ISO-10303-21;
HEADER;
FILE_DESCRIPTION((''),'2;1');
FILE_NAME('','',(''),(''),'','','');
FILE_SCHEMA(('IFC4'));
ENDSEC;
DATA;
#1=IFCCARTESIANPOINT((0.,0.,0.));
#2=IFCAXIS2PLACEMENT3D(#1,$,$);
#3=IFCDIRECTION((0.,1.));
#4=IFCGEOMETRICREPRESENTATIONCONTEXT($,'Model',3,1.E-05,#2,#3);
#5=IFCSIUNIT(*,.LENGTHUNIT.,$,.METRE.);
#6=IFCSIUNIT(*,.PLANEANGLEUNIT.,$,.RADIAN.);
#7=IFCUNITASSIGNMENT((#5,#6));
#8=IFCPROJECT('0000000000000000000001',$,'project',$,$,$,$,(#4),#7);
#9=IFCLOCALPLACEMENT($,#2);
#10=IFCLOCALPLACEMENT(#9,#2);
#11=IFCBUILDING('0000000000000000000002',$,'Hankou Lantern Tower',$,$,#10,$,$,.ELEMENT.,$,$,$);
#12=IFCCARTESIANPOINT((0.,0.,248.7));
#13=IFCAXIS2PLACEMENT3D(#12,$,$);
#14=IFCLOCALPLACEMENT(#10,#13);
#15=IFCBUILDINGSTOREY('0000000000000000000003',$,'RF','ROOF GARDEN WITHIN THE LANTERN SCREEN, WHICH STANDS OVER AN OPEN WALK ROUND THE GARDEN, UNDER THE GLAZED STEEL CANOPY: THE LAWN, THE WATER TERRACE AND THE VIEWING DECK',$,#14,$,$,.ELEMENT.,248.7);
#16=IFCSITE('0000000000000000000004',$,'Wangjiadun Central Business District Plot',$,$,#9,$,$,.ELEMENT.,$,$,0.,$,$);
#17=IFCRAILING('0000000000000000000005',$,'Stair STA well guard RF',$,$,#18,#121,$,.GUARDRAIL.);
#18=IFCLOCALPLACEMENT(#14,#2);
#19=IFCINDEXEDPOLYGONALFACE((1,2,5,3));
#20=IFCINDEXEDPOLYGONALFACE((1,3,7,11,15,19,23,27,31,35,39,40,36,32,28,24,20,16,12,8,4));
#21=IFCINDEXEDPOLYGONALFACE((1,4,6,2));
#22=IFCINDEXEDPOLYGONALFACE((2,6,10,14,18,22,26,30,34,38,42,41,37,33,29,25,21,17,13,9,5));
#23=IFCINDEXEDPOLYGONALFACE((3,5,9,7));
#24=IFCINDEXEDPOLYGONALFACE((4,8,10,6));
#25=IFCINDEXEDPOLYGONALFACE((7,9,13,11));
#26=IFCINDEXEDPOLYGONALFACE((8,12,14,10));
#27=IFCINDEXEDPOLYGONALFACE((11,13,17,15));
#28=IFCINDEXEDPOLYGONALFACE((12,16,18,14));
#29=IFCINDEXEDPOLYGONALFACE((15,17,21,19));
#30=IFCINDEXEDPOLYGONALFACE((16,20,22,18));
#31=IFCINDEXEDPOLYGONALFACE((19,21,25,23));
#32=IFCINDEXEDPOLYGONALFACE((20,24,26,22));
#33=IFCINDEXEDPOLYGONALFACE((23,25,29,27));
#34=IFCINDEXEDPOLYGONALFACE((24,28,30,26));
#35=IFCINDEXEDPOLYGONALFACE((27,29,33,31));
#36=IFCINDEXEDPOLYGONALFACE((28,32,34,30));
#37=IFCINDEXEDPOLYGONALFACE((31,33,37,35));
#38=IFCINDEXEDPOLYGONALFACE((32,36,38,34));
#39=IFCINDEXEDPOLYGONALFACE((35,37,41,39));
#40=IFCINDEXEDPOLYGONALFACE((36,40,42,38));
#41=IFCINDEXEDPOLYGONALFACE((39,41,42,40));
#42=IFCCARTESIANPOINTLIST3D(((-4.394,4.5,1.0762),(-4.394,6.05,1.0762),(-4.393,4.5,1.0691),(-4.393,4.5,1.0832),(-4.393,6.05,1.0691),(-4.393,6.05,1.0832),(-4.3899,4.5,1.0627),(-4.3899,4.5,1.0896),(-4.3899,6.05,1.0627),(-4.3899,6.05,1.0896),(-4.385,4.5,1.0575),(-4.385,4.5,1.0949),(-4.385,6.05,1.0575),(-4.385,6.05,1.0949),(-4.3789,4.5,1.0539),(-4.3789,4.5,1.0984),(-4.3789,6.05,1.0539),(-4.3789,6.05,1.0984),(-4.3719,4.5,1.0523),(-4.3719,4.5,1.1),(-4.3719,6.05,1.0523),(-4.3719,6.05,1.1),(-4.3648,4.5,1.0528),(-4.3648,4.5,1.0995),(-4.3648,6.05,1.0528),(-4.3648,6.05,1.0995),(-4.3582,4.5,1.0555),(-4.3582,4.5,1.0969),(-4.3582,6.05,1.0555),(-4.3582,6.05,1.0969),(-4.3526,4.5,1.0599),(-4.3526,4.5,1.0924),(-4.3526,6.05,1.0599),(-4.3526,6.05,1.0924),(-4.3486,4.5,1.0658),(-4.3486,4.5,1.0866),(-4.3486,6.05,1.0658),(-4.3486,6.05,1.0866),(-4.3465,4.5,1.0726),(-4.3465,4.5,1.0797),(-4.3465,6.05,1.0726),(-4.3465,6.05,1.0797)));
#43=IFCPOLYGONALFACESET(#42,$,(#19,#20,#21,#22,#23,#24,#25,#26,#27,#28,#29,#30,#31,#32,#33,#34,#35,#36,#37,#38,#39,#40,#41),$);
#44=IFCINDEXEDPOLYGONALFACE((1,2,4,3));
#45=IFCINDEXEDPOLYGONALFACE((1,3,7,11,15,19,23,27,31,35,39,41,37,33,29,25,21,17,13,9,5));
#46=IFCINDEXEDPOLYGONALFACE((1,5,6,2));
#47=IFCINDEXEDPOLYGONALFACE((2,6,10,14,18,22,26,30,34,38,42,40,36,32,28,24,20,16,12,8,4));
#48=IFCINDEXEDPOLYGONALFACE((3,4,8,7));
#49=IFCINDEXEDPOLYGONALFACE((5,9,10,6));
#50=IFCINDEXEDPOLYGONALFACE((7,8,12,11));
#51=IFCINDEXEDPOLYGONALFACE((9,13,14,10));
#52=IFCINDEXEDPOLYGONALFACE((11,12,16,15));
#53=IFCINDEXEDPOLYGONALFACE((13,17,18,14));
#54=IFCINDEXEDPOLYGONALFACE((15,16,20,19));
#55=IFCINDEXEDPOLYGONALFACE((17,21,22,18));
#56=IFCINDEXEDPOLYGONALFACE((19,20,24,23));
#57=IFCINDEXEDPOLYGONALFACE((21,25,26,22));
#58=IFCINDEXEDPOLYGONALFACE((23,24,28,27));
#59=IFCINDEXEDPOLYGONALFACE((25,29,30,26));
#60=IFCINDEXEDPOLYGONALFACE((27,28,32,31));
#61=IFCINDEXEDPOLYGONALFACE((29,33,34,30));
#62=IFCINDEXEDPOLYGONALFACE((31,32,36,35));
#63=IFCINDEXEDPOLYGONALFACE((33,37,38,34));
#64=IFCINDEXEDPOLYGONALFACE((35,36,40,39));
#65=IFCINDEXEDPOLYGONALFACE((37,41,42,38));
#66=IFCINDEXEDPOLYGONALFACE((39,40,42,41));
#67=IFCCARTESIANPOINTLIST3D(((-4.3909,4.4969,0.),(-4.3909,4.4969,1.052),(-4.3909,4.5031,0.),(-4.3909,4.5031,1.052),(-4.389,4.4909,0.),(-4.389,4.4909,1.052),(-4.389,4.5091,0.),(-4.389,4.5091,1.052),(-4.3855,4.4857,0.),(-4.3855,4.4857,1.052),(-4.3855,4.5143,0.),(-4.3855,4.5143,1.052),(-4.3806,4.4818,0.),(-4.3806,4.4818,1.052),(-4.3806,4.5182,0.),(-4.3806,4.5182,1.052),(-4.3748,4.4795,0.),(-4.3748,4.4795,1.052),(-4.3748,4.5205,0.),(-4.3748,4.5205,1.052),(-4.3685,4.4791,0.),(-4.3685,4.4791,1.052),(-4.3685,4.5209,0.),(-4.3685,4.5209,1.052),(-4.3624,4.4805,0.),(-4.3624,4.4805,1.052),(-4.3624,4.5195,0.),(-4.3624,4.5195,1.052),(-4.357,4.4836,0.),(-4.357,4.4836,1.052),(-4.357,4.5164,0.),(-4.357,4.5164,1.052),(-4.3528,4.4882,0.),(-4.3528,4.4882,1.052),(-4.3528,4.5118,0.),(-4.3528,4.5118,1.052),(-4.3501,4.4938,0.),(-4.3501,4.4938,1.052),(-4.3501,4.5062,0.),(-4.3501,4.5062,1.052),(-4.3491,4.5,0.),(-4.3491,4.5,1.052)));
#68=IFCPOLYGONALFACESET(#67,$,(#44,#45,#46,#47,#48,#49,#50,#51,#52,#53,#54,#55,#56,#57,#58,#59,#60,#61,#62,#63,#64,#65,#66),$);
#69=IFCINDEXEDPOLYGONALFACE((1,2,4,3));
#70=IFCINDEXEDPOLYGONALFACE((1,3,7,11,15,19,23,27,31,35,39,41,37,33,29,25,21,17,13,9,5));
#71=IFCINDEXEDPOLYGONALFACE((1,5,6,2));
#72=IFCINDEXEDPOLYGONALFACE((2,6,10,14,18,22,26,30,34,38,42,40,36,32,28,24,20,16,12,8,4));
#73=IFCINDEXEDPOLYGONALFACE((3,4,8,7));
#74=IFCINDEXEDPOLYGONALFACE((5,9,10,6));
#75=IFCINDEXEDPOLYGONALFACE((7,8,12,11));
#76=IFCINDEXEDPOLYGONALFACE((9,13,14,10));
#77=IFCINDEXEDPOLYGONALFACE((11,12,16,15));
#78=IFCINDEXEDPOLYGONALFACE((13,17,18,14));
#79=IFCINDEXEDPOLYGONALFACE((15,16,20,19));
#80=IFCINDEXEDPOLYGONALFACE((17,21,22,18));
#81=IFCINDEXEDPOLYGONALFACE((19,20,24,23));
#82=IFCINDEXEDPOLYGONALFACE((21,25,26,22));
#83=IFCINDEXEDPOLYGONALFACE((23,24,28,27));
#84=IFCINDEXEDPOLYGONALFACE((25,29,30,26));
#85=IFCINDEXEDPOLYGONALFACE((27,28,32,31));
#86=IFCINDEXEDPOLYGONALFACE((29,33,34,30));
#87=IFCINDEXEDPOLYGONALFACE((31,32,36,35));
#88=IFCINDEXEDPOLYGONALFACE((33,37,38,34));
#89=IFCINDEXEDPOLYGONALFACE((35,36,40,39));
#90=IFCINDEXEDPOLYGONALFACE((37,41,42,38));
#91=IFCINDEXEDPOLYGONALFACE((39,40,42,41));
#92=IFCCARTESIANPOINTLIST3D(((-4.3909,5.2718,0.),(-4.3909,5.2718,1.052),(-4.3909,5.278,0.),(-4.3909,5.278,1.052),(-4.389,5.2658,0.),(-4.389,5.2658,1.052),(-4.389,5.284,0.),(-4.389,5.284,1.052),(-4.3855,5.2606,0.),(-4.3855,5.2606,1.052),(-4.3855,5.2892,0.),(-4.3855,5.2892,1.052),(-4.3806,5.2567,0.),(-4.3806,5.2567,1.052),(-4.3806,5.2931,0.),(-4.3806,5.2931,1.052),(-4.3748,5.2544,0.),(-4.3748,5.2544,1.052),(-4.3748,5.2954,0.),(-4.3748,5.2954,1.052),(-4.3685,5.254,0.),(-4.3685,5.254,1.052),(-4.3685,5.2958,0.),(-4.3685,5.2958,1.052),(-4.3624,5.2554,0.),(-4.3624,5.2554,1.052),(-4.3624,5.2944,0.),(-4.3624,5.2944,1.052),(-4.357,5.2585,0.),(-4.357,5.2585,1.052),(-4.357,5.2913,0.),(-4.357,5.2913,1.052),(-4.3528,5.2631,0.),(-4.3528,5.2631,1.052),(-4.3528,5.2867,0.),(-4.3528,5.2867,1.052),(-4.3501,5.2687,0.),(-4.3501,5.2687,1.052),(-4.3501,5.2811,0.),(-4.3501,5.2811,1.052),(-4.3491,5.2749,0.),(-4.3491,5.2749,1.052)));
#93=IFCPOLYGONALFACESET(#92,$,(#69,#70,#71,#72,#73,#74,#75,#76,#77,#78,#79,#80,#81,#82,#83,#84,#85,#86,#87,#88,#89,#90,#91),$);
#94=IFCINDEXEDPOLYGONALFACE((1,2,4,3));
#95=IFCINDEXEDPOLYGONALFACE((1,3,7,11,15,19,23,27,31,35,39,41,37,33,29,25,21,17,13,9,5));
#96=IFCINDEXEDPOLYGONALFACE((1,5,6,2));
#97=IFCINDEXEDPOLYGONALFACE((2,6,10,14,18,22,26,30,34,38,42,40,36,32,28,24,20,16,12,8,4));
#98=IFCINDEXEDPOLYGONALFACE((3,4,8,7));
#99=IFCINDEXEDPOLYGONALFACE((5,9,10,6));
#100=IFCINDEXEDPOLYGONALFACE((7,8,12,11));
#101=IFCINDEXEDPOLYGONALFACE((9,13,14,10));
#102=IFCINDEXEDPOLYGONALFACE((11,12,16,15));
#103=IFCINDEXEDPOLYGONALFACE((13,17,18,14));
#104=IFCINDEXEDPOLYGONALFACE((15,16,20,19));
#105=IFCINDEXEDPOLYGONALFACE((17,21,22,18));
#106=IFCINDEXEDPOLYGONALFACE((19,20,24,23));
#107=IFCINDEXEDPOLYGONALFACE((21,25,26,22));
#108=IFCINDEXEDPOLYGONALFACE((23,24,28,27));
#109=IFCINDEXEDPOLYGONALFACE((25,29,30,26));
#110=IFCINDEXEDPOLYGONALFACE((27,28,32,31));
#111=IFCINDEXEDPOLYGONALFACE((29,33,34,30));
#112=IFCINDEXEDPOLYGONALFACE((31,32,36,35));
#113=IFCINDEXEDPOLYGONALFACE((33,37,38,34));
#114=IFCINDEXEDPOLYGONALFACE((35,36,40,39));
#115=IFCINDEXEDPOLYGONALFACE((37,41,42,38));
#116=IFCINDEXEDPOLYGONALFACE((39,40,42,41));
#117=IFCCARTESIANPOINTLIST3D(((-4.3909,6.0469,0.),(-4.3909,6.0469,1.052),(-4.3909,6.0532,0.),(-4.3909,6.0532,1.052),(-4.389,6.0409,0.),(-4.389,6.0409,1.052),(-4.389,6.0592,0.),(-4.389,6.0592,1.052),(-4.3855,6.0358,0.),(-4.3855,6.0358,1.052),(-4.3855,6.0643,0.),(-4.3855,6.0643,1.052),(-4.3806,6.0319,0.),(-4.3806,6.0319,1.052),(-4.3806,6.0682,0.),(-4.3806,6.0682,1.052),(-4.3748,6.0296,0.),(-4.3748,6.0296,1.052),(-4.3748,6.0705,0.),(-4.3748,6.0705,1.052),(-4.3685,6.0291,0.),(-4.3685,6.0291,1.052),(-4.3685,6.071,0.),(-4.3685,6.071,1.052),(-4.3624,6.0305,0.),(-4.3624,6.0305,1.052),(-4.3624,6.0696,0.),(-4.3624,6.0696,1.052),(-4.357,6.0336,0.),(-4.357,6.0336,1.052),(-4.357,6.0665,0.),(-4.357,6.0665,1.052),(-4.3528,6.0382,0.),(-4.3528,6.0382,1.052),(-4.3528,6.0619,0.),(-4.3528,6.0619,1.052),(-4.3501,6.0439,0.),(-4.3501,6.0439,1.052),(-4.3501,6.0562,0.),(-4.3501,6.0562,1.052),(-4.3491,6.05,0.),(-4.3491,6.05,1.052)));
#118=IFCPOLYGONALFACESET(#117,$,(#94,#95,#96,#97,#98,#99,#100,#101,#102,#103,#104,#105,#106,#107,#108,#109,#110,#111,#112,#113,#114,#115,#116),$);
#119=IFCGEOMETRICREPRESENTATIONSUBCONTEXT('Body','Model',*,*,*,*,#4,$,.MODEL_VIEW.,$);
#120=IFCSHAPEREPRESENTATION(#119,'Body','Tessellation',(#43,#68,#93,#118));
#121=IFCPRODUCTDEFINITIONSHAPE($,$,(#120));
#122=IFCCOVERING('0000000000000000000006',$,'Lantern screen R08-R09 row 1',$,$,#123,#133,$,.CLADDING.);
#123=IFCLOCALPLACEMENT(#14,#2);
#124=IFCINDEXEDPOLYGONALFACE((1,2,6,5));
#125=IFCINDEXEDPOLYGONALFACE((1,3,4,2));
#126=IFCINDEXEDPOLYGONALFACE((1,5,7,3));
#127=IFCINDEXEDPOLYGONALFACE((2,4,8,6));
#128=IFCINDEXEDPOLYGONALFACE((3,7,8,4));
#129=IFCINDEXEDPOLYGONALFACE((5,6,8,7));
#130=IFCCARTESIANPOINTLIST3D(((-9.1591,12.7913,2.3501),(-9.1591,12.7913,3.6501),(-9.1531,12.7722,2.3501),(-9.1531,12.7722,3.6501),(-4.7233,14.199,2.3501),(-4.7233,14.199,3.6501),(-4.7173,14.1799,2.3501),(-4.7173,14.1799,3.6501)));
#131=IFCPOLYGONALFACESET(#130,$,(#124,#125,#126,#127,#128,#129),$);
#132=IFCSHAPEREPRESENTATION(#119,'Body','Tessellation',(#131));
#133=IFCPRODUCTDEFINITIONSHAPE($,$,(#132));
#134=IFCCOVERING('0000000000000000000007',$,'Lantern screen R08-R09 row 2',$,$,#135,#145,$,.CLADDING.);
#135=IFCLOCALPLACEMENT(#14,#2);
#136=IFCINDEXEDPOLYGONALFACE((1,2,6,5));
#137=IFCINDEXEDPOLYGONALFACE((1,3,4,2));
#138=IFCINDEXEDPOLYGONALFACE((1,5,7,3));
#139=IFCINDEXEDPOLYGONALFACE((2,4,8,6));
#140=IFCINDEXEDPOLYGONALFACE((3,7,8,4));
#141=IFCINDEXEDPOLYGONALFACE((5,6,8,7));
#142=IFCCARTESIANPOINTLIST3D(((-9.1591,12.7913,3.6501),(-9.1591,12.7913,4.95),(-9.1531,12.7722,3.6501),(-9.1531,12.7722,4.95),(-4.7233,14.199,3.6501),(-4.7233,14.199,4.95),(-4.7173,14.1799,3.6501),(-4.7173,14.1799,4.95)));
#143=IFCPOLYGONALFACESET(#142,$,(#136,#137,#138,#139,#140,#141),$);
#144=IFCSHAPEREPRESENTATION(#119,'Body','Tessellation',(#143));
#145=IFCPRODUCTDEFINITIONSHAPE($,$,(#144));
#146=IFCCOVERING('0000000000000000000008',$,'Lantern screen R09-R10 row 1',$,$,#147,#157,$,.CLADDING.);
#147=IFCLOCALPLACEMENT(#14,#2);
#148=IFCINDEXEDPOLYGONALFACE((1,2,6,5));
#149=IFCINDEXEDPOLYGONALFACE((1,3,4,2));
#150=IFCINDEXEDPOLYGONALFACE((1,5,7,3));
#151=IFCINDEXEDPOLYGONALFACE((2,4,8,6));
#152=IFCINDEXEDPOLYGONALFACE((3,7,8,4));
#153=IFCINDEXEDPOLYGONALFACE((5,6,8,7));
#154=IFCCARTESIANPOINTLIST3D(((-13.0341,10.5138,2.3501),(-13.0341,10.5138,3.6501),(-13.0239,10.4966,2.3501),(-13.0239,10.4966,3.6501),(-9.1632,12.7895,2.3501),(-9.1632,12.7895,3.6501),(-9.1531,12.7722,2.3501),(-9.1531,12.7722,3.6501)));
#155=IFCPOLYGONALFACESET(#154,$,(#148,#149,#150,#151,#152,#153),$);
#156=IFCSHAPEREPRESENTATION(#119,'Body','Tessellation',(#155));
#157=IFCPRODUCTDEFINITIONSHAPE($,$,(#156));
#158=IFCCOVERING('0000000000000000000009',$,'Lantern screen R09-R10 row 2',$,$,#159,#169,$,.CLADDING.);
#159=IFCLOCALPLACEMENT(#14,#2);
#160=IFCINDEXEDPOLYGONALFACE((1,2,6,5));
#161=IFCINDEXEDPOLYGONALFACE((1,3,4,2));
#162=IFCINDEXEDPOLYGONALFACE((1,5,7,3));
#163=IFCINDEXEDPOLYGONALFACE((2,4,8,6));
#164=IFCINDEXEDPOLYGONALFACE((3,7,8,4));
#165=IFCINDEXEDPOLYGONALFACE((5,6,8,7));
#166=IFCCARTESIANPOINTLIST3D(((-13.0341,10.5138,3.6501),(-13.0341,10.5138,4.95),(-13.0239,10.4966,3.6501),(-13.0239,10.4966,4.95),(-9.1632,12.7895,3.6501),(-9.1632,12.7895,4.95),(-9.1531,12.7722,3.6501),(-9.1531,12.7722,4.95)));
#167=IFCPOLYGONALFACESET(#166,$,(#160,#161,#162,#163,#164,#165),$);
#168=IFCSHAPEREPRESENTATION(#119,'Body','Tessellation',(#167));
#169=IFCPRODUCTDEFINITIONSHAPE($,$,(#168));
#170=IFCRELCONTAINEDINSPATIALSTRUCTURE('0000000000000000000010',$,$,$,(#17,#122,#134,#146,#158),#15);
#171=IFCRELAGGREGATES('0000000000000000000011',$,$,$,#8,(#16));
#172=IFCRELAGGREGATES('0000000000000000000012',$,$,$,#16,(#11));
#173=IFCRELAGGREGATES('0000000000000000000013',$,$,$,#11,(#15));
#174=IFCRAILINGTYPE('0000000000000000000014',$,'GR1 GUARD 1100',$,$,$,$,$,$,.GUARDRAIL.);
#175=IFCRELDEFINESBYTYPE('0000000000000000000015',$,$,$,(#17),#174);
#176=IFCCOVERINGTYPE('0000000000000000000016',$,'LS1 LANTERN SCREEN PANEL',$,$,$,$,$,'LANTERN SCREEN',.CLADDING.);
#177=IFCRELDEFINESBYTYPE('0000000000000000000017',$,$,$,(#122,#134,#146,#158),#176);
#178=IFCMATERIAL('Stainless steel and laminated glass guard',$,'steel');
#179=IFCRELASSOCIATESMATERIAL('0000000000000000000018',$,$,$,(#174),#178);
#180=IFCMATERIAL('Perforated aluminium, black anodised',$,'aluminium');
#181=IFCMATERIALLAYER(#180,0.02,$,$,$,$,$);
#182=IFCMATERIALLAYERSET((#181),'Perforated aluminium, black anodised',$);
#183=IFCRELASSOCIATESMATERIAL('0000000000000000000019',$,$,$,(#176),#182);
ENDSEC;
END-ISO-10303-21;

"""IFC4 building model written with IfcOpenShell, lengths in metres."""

from ifc_helpers import new_model, si_unit, direction, frame, origin, origin_2d, place, context, subcontext, project, spatial, polyline, circle, outline, extrude, material, layer, layer_set, type_object, element, save


model = new_model("IFC4")

# Units and contexts
model_context = context("Model", 3, precision=1e-05, world=origin(), true_north=direction((0.0, 1.0)))
body_context = subcontext(model_context, "Body", "Model", "MODEL_VIEW")
ifc_project = project(units=[si_unit("LENGTHUNIT", "METRE"), si_unit("PLANEANGLEUNIT", "RADIAN")], contexts=[model_context])

# Site, building, storey
site_placement = place(None, origin())
site = spatial("IfcSite", under=ifc_project, at=site_placement, Name="Wangjiadun Central Business District Plot", CompositionType="ELEMENT", RefElevation=0.0)
building_placement = place(site_placement, origin())
building = spatial("IfcBuilding", under=site, at=building_placement, Name="Hankou Lantern Tower", CompositionType="ELEMENT")
storey_placement = place(building_placement, frame((0.0, 0.0, 248.7)))
storey = spatial("IfcBuildingStorey", under=building, at=storey_placement, Name="RF", Description="ROOF GARDEN WITHIN THE LANTERN SCREEN, WHICH STANDS OVER AN OPEN WALK ROUND THE GARDEN, UNDER THE GLAZED STEEL CANOPY: THE LAWN, THE WATER TERRACE AND THE VIEWING DECK", CompositionType="ELEMENT", Elevation=248.7)

# Railing
ifc_material_1 = material(Name="Stainless steel and laminated glass guard", Category="steel")
railing_type = type_object("IfcRailingType", Name="GR1 GUARD 1100", PredefinedType="GUARDRAIL", material=ifc_material_1)
railing_1_placement = place(storey_placement, frame((-4.3701, 4.5, 0.0)))
element("IfcRailing", 1, at=railing_1_placement, inside=storey, type_object=railing_type, Name="Stair STA well guard RF", PredefinedType="GUARDRAIL", context=body_context, shape_type="SweptSolid", body=[
    extrude(circle(Radius=0.0239, at=origin_2d()), frame((0.0, 0.0, 1.0762), z_axis=(0.0, 1.0, 0.0), x_axis=(-1.0, 0.0, 0.0)), (0.0, 0.0, 1.0), 1.55),
    extrude(circle(Radius=0.021, at=origin_2d()), origin(), (0.0, 0.0, 1.0), 1.052),
    extrude(circle(Radius=0.021, at=origin_2d()), frame((0.0, 0.7749, 0.0)), (0.0, 0.0, 1.0), 1.052),
    extrude(circle(Radius=0.021, at=origin_2d()), frame((0.0, 1.55, 0.0)), (0.0, 0.0, 1.0), 1.052),
])

# Coverings
ifc_material_2 = material(Name="Perforated aluminium, black anodised", Category="aluminium")
ifc_layer_1 = layer(ifc_material_2, 0.02)
ifc_layer_set_1 = layer_set([ifc_layer_1], Name="Perforated aluminium, black anodised")
covering_type = type_object("IfcCoveringType", Name="LS1 LANTERN SCREEN PANEL", ElementType="LANTERN SCREEN", PredefinedType="CLADDING", material=ifc_layer_set_1)
covering_1_placement = place(storey_placement, frame((-4.7173, 14.1799, 2.3501), z_axis=(0.302487, -0.953154, 0.0), x_axis=(-0.953154, -0.302487, 0.0)))
element("IfcCovering", 2, at=covering_1_placement, inside=storey, type_object=covering_type, Name="Lantern screen R08-R09 row 1", PredefinedType="CLADDING", context=body_context, shape_type="SweptSolid", body=[
    extrude(outline(polyline([(0.0, 0.0), (4.6538, 0.0), (4.6538, -1.3), (0.0, -1.3), (0.0, 0.0)])), origin(), (0.0, 0.0, -1.0), 0.02),
])
covering_2_placement = place(storey_placement, frame((-4.7173, 14.1799, 3.6501), z_axis=(0.302487, -0.953154, 0.0), x_axis=(-0.953154, -0.302487, 0.0)))
element("IfcCovering", 3, at=covering_2_placement, inside=storey, type_object=covering_type, Name="Lantern screen R08-R09 row 2", PredefinedType="CLADDING", context=body_context, shape_type="SweptSolid", body=[
    extrude(outline(polyline([(0.0, 0.0), (4.6538, 0.0), (4.6538, -1.2998), (0.0, -1.2998), (0.0, 0.0)])), origin(), (0.0, 0.0, -1.0), 0.02),
])
covering_3_placement = place(storey_placement, frame((-9.1531, 12.7722, 2.3501), z_axis=(0.506799, -0.862064, 0.0), x_axis=(-0.862064, -0.506799, 0.0)))
element("IfcCovering", 4, at=covering_3_placement, inside=storey, type_object=covering_type, Name="Lantern screen R09-R10 row 1", PredefinedType="CLADDING", context=body_context, shape_type="SweptSolid", body=[
    extrude(outline(polyline([(0.0, 0.0), (4.4902, 0.0), (4.4902, -1.3), (0.0, -1.3), (0.0, 0.0)])), origin(), (0.0, 0.0, -1.0), 0.02),
])
covering_4_placement = place(storey_placement, frame((-9.1531, 12.7722, 3.6501), z_axis=(0.506799, -0.862064, 0.0), x_axis=(-0.862064, -0.506799, 0.0)))
element("IfcCovering", 5, at=covering_4_placement, inside=storey, type_object=covering_type, Name="Lantern screen R09-R10 row 2", PredefinedType="CLADDING", context=body_context, shape_type="SweptSolid", body=[
    extrude(outline(polyline([(0.0, 0.0), (4.4902, 0.0), (4.4902, -1.2998), (0.0, -1.2998), (0.0, 0.0)])), origin(), (0.0, 0.0, -1.0), 0.02),
])

save(model, "model.ifc")
